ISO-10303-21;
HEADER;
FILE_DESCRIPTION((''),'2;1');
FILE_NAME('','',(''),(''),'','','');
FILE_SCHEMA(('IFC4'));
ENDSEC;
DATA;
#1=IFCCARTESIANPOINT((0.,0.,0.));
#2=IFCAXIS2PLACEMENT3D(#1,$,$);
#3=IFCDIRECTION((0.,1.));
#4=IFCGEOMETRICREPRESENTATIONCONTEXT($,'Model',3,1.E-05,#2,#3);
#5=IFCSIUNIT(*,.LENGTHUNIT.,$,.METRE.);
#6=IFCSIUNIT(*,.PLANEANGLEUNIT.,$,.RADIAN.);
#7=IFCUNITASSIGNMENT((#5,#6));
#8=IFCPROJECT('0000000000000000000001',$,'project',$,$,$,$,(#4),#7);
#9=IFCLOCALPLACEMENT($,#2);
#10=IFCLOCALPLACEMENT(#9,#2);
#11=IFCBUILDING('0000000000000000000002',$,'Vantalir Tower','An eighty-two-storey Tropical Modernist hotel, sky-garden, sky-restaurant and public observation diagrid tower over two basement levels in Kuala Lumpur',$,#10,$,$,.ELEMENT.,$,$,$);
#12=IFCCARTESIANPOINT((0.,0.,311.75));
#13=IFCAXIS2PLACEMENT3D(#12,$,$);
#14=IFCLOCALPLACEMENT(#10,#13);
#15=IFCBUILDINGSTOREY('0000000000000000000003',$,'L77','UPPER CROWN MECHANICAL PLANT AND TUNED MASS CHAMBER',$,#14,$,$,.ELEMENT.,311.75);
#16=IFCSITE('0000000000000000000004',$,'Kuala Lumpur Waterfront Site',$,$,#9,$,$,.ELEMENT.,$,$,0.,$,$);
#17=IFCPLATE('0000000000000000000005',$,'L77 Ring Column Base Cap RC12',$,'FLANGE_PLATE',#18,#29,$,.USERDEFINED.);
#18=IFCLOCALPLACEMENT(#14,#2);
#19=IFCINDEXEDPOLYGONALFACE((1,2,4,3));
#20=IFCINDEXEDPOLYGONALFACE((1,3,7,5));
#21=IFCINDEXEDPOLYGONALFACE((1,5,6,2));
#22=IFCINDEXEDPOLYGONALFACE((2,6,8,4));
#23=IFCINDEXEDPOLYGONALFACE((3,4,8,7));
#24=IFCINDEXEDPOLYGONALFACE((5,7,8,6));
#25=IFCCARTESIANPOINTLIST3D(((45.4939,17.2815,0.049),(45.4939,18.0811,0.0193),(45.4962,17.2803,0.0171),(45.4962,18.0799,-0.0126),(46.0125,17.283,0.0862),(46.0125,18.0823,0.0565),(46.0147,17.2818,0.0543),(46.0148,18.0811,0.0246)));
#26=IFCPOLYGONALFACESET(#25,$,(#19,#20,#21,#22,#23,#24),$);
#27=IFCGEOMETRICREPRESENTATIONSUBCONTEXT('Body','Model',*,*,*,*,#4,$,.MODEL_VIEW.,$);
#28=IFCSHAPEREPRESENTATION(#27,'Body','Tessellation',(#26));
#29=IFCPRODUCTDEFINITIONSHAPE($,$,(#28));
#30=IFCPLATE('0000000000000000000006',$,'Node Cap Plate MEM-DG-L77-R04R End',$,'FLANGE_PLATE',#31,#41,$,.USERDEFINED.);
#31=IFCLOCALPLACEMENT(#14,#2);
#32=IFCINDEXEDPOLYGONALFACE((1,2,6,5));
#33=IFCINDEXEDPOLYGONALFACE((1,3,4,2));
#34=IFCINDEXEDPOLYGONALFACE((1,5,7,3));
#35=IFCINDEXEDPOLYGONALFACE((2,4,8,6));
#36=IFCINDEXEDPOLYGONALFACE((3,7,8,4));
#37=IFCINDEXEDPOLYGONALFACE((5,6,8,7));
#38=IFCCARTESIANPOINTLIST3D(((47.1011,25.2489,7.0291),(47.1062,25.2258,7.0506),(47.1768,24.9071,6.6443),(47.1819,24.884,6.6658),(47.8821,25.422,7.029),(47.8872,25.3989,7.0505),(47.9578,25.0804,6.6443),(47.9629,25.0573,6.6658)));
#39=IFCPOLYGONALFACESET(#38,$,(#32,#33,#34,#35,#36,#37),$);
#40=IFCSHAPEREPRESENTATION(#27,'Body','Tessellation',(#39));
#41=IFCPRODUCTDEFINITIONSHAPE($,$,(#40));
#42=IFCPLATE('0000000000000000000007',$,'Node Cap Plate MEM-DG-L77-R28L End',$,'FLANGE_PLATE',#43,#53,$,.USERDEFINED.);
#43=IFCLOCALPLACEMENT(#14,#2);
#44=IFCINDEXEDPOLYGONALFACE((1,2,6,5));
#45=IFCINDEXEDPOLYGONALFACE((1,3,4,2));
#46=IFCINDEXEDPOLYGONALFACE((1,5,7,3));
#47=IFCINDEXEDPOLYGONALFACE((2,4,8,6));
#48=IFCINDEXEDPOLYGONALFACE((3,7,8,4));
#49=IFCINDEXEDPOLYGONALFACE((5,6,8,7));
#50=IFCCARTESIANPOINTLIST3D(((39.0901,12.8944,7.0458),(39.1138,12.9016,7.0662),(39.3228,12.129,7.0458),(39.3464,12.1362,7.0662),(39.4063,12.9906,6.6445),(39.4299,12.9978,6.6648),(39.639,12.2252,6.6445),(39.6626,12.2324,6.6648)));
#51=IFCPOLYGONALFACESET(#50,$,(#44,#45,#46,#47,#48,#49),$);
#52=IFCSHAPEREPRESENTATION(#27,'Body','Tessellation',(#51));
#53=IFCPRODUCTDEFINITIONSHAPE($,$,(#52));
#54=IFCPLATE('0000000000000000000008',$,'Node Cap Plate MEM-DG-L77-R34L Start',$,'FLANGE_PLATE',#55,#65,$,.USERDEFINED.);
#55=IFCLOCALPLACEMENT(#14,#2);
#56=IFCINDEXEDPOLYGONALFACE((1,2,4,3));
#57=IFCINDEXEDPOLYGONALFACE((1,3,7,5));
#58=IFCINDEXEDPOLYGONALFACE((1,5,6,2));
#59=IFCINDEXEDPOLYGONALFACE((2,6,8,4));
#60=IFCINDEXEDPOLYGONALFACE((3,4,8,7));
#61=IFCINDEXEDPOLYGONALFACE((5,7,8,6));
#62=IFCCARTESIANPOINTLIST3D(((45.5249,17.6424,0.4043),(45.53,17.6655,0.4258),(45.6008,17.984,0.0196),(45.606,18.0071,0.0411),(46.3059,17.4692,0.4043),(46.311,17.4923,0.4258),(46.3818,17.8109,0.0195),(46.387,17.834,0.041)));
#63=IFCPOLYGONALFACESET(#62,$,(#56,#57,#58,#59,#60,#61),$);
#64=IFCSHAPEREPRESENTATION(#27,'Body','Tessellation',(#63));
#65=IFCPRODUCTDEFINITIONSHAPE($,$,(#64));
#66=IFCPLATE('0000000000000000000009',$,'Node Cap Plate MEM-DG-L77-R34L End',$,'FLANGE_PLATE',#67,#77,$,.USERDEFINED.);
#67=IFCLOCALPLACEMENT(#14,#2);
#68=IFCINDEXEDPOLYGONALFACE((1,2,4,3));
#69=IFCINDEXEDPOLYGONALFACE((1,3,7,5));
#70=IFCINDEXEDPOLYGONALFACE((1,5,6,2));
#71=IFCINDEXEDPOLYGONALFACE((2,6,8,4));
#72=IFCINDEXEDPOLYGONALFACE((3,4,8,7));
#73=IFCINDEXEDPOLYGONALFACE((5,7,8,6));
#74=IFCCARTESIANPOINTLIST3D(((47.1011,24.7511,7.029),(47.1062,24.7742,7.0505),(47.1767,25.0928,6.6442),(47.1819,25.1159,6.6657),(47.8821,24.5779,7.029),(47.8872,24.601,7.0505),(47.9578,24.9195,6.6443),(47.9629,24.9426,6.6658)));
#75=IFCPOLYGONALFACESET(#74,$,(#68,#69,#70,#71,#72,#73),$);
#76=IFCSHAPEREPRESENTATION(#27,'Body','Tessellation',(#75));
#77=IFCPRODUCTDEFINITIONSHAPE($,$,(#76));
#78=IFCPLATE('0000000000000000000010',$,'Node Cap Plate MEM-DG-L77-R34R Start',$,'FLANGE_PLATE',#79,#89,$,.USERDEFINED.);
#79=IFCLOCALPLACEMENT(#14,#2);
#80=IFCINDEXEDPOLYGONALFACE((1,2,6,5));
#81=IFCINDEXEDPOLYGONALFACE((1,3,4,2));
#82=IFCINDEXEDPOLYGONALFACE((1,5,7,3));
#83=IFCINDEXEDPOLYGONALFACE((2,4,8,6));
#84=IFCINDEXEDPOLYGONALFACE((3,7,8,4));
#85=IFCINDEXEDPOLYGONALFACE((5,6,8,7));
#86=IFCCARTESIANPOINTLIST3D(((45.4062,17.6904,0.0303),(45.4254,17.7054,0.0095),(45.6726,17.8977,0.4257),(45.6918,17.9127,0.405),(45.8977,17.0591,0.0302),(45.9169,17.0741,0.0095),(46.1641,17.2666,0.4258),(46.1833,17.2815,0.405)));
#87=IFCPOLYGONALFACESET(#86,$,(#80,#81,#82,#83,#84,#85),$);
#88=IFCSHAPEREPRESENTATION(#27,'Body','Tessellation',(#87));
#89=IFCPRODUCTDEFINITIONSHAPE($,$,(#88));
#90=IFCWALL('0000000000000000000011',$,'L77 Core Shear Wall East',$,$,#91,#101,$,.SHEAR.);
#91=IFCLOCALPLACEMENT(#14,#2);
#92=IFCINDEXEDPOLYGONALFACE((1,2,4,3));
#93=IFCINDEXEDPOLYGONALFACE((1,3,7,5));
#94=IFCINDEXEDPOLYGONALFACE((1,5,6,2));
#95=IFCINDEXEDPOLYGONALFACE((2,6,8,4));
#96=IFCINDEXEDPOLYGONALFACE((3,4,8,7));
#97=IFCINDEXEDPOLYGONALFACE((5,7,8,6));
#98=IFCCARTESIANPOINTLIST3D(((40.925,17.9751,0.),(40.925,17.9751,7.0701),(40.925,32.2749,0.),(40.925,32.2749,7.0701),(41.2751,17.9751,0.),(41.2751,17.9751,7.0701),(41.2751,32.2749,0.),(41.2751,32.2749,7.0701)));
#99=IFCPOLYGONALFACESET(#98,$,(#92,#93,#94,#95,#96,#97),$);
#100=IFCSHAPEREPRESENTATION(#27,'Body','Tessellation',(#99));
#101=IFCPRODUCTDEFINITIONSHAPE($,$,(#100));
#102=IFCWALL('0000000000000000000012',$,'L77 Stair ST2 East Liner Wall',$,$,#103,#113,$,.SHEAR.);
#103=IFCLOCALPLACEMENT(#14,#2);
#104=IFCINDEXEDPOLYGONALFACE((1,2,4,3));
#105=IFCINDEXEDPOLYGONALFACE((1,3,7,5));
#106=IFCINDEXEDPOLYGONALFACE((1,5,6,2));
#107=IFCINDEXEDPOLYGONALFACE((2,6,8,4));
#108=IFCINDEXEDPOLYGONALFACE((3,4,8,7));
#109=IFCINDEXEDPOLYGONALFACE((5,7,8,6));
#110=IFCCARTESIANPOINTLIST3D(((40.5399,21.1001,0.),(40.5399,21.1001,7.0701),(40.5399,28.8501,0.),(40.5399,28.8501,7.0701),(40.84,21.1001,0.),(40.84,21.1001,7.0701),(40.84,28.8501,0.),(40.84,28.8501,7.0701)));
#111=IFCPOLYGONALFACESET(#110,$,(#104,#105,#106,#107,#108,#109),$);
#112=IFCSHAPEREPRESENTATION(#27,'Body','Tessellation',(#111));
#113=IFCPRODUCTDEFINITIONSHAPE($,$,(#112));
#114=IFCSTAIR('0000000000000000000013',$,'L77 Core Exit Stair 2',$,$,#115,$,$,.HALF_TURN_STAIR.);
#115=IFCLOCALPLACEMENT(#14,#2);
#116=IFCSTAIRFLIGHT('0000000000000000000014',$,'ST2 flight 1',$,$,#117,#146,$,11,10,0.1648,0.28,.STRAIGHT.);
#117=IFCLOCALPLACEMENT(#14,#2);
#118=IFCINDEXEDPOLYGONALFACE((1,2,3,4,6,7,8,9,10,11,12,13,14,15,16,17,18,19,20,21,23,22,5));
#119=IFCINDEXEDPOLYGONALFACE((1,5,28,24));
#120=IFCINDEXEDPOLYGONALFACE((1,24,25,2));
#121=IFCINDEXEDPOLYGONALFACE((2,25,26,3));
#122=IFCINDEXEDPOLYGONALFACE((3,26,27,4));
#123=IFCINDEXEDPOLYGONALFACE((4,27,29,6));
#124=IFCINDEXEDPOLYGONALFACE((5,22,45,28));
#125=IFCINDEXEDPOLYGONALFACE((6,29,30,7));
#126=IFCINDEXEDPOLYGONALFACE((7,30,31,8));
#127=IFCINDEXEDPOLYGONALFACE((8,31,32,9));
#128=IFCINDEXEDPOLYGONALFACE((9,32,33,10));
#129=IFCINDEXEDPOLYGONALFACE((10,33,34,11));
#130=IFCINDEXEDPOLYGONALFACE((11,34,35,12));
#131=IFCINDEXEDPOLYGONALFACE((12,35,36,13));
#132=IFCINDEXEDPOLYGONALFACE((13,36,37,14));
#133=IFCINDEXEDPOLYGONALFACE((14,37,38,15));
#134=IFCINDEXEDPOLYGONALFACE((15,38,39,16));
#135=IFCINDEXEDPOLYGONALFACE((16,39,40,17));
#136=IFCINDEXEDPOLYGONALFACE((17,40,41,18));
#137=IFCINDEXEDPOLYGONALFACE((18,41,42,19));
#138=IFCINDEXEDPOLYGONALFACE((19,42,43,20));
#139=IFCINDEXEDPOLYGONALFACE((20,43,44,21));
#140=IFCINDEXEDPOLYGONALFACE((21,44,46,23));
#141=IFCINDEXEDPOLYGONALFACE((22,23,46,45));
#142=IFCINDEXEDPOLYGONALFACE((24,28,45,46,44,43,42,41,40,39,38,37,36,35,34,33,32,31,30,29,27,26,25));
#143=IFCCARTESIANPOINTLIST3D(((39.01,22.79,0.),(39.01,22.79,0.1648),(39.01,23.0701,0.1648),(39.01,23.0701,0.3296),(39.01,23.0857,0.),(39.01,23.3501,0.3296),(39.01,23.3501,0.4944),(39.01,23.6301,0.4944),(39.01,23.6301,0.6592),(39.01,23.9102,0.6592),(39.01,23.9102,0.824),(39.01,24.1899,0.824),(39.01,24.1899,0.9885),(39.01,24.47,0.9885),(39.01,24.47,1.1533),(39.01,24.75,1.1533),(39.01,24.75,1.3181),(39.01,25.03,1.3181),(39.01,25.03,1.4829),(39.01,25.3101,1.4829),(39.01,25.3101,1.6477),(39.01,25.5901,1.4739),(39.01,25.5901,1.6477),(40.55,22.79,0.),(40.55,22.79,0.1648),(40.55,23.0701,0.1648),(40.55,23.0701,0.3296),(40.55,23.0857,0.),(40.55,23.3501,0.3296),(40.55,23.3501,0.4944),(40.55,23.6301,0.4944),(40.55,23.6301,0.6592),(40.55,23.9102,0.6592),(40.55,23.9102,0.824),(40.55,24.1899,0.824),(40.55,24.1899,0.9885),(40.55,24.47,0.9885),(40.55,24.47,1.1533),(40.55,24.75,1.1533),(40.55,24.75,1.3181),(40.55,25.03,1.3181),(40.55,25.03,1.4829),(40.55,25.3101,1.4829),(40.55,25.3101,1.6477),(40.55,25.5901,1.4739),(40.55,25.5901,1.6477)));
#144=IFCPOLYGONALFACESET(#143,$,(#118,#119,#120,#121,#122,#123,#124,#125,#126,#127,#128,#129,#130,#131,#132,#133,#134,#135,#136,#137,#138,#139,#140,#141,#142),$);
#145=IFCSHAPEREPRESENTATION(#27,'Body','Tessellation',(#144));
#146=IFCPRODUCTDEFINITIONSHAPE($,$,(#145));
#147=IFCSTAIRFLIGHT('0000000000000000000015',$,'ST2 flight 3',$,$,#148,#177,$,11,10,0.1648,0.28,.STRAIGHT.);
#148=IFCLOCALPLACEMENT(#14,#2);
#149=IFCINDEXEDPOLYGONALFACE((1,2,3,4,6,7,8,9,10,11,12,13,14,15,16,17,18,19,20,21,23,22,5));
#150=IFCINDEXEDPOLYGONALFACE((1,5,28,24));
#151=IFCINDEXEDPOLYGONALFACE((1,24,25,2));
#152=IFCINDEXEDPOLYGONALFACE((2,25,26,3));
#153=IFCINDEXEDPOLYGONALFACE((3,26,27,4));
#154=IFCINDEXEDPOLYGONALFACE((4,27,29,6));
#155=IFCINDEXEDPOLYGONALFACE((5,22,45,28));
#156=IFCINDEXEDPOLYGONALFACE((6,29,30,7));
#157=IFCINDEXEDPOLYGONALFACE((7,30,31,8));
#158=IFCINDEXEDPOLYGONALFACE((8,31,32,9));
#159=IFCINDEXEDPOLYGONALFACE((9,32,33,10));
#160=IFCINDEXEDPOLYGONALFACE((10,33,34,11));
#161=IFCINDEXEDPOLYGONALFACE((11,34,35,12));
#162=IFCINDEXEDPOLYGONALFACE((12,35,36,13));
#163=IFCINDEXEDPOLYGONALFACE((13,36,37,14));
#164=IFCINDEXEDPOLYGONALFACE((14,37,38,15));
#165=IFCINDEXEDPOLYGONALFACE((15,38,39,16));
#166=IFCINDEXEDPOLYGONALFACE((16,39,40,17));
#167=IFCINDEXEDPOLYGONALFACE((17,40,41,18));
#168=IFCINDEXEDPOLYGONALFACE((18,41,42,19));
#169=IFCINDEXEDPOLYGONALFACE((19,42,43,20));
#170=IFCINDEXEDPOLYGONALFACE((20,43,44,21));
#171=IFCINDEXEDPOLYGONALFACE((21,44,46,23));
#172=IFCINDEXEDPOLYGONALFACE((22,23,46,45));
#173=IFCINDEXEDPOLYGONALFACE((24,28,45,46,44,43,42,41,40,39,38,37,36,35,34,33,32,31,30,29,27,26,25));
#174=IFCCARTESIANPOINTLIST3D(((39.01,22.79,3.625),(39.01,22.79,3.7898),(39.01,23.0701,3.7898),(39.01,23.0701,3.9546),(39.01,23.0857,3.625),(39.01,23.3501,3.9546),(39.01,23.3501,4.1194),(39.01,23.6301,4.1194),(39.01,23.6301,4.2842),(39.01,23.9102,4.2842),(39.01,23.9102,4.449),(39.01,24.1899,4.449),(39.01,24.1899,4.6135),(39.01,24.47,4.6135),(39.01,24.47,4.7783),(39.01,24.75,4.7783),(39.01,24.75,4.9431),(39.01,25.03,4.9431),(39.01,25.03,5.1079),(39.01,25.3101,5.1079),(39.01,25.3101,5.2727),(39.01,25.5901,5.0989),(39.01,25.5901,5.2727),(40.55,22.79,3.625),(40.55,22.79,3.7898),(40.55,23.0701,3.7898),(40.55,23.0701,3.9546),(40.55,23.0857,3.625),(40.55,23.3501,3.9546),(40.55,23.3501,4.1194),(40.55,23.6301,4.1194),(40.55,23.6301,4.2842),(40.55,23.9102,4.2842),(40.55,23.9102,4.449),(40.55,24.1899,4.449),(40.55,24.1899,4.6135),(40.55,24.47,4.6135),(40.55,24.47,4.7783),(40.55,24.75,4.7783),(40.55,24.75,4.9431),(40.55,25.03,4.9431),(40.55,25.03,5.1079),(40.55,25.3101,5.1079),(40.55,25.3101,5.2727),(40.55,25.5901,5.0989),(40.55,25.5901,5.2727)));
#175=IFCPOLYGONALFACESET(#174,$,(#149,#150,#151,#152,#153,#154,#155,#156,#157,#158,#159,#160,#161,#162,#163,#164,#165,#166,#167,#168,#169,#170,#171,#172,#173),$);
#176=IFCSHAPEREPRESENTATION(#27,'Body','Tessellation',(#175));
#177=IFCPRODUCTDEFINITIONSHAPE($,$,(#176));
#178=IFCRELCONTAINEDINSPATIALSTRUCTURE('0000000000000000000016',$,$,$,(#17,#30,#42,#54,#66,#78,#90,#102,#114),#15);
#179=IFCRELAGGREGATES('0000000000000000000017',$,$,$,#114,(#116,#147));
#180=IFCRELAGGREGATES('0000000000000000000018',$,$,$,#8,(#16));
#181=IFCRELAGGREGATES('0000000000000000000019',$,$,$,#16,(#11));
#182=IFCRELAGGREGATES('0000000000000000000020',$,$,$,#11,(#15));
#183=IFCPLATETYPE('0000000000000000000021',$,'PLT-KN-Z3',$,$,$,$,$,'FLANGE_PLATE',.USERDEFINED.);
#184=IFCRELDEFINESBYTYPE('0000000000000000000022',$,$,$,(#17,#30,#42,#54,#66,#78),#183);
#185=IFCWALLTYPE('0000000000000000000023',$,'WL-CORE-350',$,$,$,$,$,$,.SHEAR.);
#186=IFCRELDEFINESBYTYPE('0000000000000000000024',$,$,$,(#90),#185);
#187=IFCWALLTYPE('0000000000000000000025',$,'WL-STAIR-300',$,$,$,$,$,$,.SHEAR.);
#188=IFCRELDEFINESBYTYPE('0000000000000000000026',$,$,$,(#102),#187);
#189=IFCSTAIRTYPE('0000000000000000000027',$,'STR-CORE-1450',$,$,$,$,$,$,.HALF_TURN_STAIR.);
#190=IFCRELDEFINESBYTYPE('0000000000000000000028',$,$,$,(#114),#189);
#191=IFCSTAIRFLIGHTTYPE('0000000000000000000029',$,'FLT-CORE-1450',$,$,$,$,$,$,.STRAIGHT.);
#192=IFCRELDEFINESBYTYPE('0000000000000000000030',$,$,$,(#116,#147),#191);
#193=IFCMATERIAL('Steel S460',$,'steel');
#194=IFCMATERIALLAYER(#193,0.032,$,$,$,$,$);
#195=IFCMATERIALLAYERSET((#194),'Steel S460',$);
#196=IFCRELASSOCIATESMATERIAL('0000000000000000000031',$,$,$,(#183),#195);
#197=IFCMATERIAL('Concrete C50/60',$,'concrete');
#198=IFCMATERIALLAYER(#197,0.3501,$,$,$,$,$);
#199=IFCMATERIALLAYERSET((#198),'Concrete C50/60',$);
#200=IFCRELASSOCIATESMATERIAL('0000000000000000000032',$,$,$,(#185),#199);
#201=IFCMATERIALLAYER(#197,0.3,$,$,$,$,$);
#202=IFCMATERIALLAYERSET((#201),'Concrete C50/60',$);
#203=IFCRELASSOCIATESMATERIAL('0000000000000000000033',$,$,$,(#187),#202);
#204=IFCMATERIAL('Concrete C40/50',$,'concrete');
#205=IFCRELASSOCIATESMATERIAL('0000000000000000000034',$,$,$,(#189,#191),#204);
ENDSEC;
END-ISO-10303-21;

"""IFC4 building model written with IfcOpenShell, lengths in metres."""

from ifc_helpers import new_model, si_unit, direction, frame, frame_2d, origin, place, context, subcontext, project, spatial, polyline, rectangle, outline, extrude, material, layer, layer_set, type_object, element, aggregate, save


model = new_model("IFC4")

# Units and contexts
model_context = context("Model", 3, precision=1e-05, world=origin(), true_north=direction((0.0, 1.0)))
body_context = subcontext(model_context, "Body", "Model", "MODEL_VIEW")
ifc_project = project(units=[si_unit("LENGTHUNIT", "METRE"), si_unit("PLANEANGLEUNIT", "RADIAN")], contexts=[model_context])

# Site, building, storey
site_placement = place(None, origin())
site = spatial("IfcSite", under=ifc_project, at=site_placement, Name="Kuala Lumpur Waterfront Site", CompositionType="ELEMENT", RefElevation=0.0)
building_placement = place(site_placement, origin())
building = spatial("IfcBuilding", under=site, at=building_placement, Name="Vantalir Tower", Description="An eighty-two-storey Tropical Modernist hotel, sky-garden, sky-restaurant and public observation diagrid tower over two basement levels in Kuala Lumpur", CompositionType="ELEMENT")
storey_placement = place(building_placement, frame((0.0, 0.0, 311.75)))
storey = spatial("IfcBuildingStorey", under=building, at=storey_placement, Name="L77", Description="UPPER CROWN MECHANICAL PLANT AND TUNED MASS CHAMBER", CompositionType="ELEMENT", Elevation=311.75)

# Shared definitions
ifc_material_1 = material(Name="Concrete C50/60", Category="concrete")
ifc_material_2 = material(Name="Steel S460", Category="steel")

# Plates
ifc_layer_1 = layer(ifc_material_2, 0.032)
ifc_layer_set_1 = layer_set([ifc_layer_1], Name="Steel S460")
plate_type_1 = type_object("IfcPlateType", Name="PLT-KN-Z3", ElementType="FLANGE_PLATE", PredefinedType="USERDEFINED", material=ifc_layer_set_1)
plate_1_placement = place(storey_placement, frame((45.4939, 18.0811, 0.0193), z_axis=(-0.07166, 0.036984, 0.996743), x_axis=(0.00001, -0.999312, 0.03708)))
element("IfcPlate", 1, at=plate_1_placement, inside=storey, type_object=plate_type_1, Name="L77 Ring Column Base Cap RC12", ObjectType="FLANGE_PLATE", PredefinedType="USERDEFINED", context=body_context, shape_type="SweptSolid", body=[
    extrude(outline(polyline([(0.0, 0.0), (0.8001, 0.0), (0.8, 0.5199), (0.0002, 0.5199), (0.0, 0.0)])), origin(), (0.0, 0.0, -1.0), 0.032),
])
plate_2_placement = place(storey_placement, frame((47.1819, 24.884, 6.6658), z_axis=(0.160181, -0.722228, 0.672851), x_axis=(0.976262, 0.216592, 0.000074)))
element("IfcPlate", 2, at=plate_2_placement, inside=storey, type_object=plate_type_1, Name="Node Cap Plate MEM-DG-L77-R04R End", ObjectType="FLANGE_PLATE", PredefinedType="USERDEFINED", context=body_context, shape_type="SweptSolid", body=[
    extrude(outline(polyline([(0.0, 0.0), (0.8, 0.0), (0.8001, 0.52), (0.0002, 0.5202), (0.0, 0.0)])), origin(), (0.0, 0.0, -1.0), 0.032),
])
plate_3_placement = place(storey_placement, frame((39.6626, 12.2324, 6.6648), z_axis=(0.73862, 0.224531, 0.635631), x_axis=(-0.290846, 0.95677, 0.0)))
element("IfcPlate", 3, at=plate_3_placement, inside=storey, type_object=plate_type_1, Name="Node Cap Plate MEM-DG-L77-R28L End", ObjectType="FLANGE_PLATE", PredefinedType="USERDEFINED", context=body_context, shape_type="SweptSolid", body=[
    extrude(outline(polyline([(0.0, 0.0), (0.8, 0.0), (0.7999, 0.5199), (-0.0001, 0.5199), (0.0, 0.0)])), origin(), (0.0, 0.0, -1.0), 0.032),
])
plate_4_placement = place(storey_placement, frame((46.387, 17.834, 0.041), z_axis=(0.160171, 0.722178, 0.672907), x_axis=(-0.976291, 0.216461, 0.000074)))
element("IfcPlate", 4, at=plate_4_placement, inside=storey, type_object=plate_type_1, Name="Node Cap Plate MEM-DG-L77-R34L Start", ObjectType="FLANGE_PLATE", PredefinedType="USERDEFINED", context=body_context, shape_type="SweptSolid", body=[
    extrude(outline(polyline([(0.0, 0.0), (0.8, 0.0), (0.8002, 0.5201), (0.0002, 0.5202), (0.0, 0.0)])), origin(), (0.0, 0.0, -1.0), 0.032),
])
plate_5_placement = place(storey_placement, frame((47.9629, 24.9426, 6.6658), z_axis=(0.160181, 0.722228, 0.672851), x_axis=(-0.976262, 0.216592, -0.000074)))
element("IfcPlate", 5, at=plate_5_placement, inside=storey, type_object=plate_type_1, Name="Node Cap Plate MEM-DG-L77-R34L End", ObjectType="FLANGE_PLATE", PredefinedType="USERDEFINED", context=body_context, shape_type="SweptSolid", body=[
    extrude(outline(polyline([(0.0, 0.0), (0.8, 0.0), (0.7998, 0.5202), (-0.0001, 0.52), (0.0, 0.0)])), origin(), (0.0, 0.0, -1.0), 0.032),
])
plate_6_placement = place(storey_placement, frame((45.4062, 17.6904, 0.0303), z_axis=(-0.600159, -0.467267, 0.649208), x_axis=(0.6143, -0.789072, -0.000046)))
element("IfcPlate", 6, at=plate_6_placement, inside=storey, type_object=plate_type_1, Name="Node Cap Plate MEM-DG-L77-R34R Start", ObjectType="FLANGE_PLATE", PredefinedType="USERDEFINED", context=body_context, shape_type="SweptSolid", body=[
    extrude(outline(polyline([(0.0, 0.0), (0.8001, 0.0), (0.7999, 0.52), (0.0, 0.5199), (0.0, 0.0)])), origin(), (0.0, 0.0, -1.0), 0.032),
])

# Walls
ifc_layer_2 = layer(ifc_material_1, 0.3501)
ifc_layer_set_2 = layer_set([ifc_layer_2], Name="Concrete C50/60")
wall_type_1 = type_object("IfcWallType", Name="WL-CORE-350", PredefinedType="SHEAR", material=ifc_layer_set_2)
wall_1_placement = place(storey_placement, frame((41.1001, 17.9751, 0.0), z_axis=(0.0, 0.0, 1.0), x_axis=(0.0, 1.0, 0.0)))
element("IfcWall", 7, at=wall_1_placement, inside=storey, type_object=wall_type_1, Name="L77 Core Shear Wall East", PredefinedType="SHEAR", context=body_context, shape_type="SweptSolid", body=[
    extrude(rectangle(XDim=14.2998, YDim=0.3501, at=frame_2d((7.1499, 0.0))), origin(), (0.0, 0.0, 1.0), 7.0701),
])
ifc_layer_3 = layer(ifc_material_1, 0.3)
ifc_layer_set_3 = layer_set([ifc_layer_3], Name="Concrete C50/60")
wall_type_2 = type_object("IfcWallType", Name="WL-STAIR-300", PredefinedType="SHEAR", material=ifc_layer_set_3)
wall_2_placement = place(storey_placement, frame((40.6899, 21.1001, 0.0), z_axis=(0.0, 0.0, 1.0), x_axis=(0.0, 1.0, 0.0)))
element("IfcWall", 8, at=wall_2_placement, inside=storey, type_object=wall_type_2, Name="L77 Stair ST2 East Liner Wall", PredefinedType="SHEAR", context=body_context, shape_type="SweptSolid", body=[
    extrude(rectangle(XDim=7.75, YDim=0.3, at=frame_2d((3.875, 0.0))), origin(), (0.0, 0.0, 1.0), 7.0701),
])

# Stair, stair flights
ifc_material_3 = material(Name="Concrete C40/50", Category="concrete")
stair_type = type_object("IfcStairType", Name="STR-CORE-1450", PredefinedType="HALF_TURN_STAIR", material=ifc_material_3)
stair_placement = place(storey_placement, origin())
stair = element("IfcStair", 9, at=stair_placement, inside=storey, type_object=stair_type, Name="L77 Core Exit Stair 2", PredefinedType="HALF_TURN_STAIR")
stair_flight_type = type_object("IfcStairFlightType", Name="FLT-CORE-1450", PredefinedType="STRAIGHT", material=ifc_material_3)
stair_flight_1_placement = place(storey_placement, frame((39.78, 22.79, 0.0), z_axis=(0.0, 0.0, 1.0), x_axis=(0.0, 1.0, 0.0)))
stair_flight_1 = element("IfcStairFlight", 10, at=stair_flight_1_placement, type_object=stair_flight_type, Name="ST2 flight 1", NumberOfRisers=11, NumberOfTreads=10, PredefinedType="STRAIGHT", RiserHeight=0.1648, TreadLength=0.28, context=body_context, shape_type="SweptSolid", body=[
    extrude(outline(polyline([(0.0, 0.0), (0.0, 0.1648), (0.28, 0.1648), (0.28, 0.3296), (0.5601, 0.3296), (0.5601, 0.4944), (0.8401, 0.4944), (0.8401, 0.6592), (1.1201, 0.6592), (1.1201, 0.824), (1.3999, 0.824), (1.3999, 0.9885), (1.6799, 0.9885), (1.6799, 1.1533), (1.96, 1.1533), (1.96, 1.3181), (2.24, 1.3181), (2.24, 1.4829), (2.52, 1.4829), (2.52, 1.6477), (2.8, 1.6477), (2.8, 1.8125), (2.8, 1.4739), (0.2957, 0.0), (0.0, 0.0)])), frame((0.0, 0.77, 0.0), z_axis=(0.0, -1.0, 0.0), x_axis=(1.0, 0.0, 0.0)), (0.0, 0.0, 1.0), 1.54),
])
stair_flight_2_placement = place(storey_placement, frame((39.78, 22.79, 3.625), z_axis=(0.0, 0.0, 1.0), x_axis=(0.0, 1.0, 0.0)))
stair_flight_2 = element("IfcStairFlight", 11, at=stair_flight_2_placement, type_object=stair_flight_type, Name="ST2 flight 3", NumberOfRisers=11, NumberOfTreads=10, PredefinedType="STRAIGHT", RiserHeight=0.1648, TreadLength=0.28, context=body_context, shape_type="SweptSolid", body=[
    extrude(outline(polyline([(0.0, 0.0), (0.0, 0.1648), (0.28, 0.1648), (0.28, 0.3296), (0.5601, 0.3296), (0.5601, 0.4944), (0.8401, 0.4944), (0.8401, 0.6592), (1.1201, 0.6592), (1.1201, 0.824), (1.3999, 0.824), (1.3999, 0.9885), (1.6799, 0.9885), (1.6799, 1.1533), (1.96, 1.1533), (1.96, 1.3181), (2.24, 1.3181), (2.24, 1.4829), (2.52, 1.4829), (2.52, 1.6477), (2.8, 1.6477), (2.8, 1.8125), (2.8, 1.4739), (0.2957, 0.0), (0.0, 0.0)])), frame((0.0, 0.77, 0.0), z_axis=(0.0, -1.0, 0.0), x_axis=(1.0, 0.0, 0.0)), (0.0, 0.0, 1.0), 1.54),
])
aggregate(stair, [stair_flight_1, stair_flight_2])

save(model, "model.ifc")
